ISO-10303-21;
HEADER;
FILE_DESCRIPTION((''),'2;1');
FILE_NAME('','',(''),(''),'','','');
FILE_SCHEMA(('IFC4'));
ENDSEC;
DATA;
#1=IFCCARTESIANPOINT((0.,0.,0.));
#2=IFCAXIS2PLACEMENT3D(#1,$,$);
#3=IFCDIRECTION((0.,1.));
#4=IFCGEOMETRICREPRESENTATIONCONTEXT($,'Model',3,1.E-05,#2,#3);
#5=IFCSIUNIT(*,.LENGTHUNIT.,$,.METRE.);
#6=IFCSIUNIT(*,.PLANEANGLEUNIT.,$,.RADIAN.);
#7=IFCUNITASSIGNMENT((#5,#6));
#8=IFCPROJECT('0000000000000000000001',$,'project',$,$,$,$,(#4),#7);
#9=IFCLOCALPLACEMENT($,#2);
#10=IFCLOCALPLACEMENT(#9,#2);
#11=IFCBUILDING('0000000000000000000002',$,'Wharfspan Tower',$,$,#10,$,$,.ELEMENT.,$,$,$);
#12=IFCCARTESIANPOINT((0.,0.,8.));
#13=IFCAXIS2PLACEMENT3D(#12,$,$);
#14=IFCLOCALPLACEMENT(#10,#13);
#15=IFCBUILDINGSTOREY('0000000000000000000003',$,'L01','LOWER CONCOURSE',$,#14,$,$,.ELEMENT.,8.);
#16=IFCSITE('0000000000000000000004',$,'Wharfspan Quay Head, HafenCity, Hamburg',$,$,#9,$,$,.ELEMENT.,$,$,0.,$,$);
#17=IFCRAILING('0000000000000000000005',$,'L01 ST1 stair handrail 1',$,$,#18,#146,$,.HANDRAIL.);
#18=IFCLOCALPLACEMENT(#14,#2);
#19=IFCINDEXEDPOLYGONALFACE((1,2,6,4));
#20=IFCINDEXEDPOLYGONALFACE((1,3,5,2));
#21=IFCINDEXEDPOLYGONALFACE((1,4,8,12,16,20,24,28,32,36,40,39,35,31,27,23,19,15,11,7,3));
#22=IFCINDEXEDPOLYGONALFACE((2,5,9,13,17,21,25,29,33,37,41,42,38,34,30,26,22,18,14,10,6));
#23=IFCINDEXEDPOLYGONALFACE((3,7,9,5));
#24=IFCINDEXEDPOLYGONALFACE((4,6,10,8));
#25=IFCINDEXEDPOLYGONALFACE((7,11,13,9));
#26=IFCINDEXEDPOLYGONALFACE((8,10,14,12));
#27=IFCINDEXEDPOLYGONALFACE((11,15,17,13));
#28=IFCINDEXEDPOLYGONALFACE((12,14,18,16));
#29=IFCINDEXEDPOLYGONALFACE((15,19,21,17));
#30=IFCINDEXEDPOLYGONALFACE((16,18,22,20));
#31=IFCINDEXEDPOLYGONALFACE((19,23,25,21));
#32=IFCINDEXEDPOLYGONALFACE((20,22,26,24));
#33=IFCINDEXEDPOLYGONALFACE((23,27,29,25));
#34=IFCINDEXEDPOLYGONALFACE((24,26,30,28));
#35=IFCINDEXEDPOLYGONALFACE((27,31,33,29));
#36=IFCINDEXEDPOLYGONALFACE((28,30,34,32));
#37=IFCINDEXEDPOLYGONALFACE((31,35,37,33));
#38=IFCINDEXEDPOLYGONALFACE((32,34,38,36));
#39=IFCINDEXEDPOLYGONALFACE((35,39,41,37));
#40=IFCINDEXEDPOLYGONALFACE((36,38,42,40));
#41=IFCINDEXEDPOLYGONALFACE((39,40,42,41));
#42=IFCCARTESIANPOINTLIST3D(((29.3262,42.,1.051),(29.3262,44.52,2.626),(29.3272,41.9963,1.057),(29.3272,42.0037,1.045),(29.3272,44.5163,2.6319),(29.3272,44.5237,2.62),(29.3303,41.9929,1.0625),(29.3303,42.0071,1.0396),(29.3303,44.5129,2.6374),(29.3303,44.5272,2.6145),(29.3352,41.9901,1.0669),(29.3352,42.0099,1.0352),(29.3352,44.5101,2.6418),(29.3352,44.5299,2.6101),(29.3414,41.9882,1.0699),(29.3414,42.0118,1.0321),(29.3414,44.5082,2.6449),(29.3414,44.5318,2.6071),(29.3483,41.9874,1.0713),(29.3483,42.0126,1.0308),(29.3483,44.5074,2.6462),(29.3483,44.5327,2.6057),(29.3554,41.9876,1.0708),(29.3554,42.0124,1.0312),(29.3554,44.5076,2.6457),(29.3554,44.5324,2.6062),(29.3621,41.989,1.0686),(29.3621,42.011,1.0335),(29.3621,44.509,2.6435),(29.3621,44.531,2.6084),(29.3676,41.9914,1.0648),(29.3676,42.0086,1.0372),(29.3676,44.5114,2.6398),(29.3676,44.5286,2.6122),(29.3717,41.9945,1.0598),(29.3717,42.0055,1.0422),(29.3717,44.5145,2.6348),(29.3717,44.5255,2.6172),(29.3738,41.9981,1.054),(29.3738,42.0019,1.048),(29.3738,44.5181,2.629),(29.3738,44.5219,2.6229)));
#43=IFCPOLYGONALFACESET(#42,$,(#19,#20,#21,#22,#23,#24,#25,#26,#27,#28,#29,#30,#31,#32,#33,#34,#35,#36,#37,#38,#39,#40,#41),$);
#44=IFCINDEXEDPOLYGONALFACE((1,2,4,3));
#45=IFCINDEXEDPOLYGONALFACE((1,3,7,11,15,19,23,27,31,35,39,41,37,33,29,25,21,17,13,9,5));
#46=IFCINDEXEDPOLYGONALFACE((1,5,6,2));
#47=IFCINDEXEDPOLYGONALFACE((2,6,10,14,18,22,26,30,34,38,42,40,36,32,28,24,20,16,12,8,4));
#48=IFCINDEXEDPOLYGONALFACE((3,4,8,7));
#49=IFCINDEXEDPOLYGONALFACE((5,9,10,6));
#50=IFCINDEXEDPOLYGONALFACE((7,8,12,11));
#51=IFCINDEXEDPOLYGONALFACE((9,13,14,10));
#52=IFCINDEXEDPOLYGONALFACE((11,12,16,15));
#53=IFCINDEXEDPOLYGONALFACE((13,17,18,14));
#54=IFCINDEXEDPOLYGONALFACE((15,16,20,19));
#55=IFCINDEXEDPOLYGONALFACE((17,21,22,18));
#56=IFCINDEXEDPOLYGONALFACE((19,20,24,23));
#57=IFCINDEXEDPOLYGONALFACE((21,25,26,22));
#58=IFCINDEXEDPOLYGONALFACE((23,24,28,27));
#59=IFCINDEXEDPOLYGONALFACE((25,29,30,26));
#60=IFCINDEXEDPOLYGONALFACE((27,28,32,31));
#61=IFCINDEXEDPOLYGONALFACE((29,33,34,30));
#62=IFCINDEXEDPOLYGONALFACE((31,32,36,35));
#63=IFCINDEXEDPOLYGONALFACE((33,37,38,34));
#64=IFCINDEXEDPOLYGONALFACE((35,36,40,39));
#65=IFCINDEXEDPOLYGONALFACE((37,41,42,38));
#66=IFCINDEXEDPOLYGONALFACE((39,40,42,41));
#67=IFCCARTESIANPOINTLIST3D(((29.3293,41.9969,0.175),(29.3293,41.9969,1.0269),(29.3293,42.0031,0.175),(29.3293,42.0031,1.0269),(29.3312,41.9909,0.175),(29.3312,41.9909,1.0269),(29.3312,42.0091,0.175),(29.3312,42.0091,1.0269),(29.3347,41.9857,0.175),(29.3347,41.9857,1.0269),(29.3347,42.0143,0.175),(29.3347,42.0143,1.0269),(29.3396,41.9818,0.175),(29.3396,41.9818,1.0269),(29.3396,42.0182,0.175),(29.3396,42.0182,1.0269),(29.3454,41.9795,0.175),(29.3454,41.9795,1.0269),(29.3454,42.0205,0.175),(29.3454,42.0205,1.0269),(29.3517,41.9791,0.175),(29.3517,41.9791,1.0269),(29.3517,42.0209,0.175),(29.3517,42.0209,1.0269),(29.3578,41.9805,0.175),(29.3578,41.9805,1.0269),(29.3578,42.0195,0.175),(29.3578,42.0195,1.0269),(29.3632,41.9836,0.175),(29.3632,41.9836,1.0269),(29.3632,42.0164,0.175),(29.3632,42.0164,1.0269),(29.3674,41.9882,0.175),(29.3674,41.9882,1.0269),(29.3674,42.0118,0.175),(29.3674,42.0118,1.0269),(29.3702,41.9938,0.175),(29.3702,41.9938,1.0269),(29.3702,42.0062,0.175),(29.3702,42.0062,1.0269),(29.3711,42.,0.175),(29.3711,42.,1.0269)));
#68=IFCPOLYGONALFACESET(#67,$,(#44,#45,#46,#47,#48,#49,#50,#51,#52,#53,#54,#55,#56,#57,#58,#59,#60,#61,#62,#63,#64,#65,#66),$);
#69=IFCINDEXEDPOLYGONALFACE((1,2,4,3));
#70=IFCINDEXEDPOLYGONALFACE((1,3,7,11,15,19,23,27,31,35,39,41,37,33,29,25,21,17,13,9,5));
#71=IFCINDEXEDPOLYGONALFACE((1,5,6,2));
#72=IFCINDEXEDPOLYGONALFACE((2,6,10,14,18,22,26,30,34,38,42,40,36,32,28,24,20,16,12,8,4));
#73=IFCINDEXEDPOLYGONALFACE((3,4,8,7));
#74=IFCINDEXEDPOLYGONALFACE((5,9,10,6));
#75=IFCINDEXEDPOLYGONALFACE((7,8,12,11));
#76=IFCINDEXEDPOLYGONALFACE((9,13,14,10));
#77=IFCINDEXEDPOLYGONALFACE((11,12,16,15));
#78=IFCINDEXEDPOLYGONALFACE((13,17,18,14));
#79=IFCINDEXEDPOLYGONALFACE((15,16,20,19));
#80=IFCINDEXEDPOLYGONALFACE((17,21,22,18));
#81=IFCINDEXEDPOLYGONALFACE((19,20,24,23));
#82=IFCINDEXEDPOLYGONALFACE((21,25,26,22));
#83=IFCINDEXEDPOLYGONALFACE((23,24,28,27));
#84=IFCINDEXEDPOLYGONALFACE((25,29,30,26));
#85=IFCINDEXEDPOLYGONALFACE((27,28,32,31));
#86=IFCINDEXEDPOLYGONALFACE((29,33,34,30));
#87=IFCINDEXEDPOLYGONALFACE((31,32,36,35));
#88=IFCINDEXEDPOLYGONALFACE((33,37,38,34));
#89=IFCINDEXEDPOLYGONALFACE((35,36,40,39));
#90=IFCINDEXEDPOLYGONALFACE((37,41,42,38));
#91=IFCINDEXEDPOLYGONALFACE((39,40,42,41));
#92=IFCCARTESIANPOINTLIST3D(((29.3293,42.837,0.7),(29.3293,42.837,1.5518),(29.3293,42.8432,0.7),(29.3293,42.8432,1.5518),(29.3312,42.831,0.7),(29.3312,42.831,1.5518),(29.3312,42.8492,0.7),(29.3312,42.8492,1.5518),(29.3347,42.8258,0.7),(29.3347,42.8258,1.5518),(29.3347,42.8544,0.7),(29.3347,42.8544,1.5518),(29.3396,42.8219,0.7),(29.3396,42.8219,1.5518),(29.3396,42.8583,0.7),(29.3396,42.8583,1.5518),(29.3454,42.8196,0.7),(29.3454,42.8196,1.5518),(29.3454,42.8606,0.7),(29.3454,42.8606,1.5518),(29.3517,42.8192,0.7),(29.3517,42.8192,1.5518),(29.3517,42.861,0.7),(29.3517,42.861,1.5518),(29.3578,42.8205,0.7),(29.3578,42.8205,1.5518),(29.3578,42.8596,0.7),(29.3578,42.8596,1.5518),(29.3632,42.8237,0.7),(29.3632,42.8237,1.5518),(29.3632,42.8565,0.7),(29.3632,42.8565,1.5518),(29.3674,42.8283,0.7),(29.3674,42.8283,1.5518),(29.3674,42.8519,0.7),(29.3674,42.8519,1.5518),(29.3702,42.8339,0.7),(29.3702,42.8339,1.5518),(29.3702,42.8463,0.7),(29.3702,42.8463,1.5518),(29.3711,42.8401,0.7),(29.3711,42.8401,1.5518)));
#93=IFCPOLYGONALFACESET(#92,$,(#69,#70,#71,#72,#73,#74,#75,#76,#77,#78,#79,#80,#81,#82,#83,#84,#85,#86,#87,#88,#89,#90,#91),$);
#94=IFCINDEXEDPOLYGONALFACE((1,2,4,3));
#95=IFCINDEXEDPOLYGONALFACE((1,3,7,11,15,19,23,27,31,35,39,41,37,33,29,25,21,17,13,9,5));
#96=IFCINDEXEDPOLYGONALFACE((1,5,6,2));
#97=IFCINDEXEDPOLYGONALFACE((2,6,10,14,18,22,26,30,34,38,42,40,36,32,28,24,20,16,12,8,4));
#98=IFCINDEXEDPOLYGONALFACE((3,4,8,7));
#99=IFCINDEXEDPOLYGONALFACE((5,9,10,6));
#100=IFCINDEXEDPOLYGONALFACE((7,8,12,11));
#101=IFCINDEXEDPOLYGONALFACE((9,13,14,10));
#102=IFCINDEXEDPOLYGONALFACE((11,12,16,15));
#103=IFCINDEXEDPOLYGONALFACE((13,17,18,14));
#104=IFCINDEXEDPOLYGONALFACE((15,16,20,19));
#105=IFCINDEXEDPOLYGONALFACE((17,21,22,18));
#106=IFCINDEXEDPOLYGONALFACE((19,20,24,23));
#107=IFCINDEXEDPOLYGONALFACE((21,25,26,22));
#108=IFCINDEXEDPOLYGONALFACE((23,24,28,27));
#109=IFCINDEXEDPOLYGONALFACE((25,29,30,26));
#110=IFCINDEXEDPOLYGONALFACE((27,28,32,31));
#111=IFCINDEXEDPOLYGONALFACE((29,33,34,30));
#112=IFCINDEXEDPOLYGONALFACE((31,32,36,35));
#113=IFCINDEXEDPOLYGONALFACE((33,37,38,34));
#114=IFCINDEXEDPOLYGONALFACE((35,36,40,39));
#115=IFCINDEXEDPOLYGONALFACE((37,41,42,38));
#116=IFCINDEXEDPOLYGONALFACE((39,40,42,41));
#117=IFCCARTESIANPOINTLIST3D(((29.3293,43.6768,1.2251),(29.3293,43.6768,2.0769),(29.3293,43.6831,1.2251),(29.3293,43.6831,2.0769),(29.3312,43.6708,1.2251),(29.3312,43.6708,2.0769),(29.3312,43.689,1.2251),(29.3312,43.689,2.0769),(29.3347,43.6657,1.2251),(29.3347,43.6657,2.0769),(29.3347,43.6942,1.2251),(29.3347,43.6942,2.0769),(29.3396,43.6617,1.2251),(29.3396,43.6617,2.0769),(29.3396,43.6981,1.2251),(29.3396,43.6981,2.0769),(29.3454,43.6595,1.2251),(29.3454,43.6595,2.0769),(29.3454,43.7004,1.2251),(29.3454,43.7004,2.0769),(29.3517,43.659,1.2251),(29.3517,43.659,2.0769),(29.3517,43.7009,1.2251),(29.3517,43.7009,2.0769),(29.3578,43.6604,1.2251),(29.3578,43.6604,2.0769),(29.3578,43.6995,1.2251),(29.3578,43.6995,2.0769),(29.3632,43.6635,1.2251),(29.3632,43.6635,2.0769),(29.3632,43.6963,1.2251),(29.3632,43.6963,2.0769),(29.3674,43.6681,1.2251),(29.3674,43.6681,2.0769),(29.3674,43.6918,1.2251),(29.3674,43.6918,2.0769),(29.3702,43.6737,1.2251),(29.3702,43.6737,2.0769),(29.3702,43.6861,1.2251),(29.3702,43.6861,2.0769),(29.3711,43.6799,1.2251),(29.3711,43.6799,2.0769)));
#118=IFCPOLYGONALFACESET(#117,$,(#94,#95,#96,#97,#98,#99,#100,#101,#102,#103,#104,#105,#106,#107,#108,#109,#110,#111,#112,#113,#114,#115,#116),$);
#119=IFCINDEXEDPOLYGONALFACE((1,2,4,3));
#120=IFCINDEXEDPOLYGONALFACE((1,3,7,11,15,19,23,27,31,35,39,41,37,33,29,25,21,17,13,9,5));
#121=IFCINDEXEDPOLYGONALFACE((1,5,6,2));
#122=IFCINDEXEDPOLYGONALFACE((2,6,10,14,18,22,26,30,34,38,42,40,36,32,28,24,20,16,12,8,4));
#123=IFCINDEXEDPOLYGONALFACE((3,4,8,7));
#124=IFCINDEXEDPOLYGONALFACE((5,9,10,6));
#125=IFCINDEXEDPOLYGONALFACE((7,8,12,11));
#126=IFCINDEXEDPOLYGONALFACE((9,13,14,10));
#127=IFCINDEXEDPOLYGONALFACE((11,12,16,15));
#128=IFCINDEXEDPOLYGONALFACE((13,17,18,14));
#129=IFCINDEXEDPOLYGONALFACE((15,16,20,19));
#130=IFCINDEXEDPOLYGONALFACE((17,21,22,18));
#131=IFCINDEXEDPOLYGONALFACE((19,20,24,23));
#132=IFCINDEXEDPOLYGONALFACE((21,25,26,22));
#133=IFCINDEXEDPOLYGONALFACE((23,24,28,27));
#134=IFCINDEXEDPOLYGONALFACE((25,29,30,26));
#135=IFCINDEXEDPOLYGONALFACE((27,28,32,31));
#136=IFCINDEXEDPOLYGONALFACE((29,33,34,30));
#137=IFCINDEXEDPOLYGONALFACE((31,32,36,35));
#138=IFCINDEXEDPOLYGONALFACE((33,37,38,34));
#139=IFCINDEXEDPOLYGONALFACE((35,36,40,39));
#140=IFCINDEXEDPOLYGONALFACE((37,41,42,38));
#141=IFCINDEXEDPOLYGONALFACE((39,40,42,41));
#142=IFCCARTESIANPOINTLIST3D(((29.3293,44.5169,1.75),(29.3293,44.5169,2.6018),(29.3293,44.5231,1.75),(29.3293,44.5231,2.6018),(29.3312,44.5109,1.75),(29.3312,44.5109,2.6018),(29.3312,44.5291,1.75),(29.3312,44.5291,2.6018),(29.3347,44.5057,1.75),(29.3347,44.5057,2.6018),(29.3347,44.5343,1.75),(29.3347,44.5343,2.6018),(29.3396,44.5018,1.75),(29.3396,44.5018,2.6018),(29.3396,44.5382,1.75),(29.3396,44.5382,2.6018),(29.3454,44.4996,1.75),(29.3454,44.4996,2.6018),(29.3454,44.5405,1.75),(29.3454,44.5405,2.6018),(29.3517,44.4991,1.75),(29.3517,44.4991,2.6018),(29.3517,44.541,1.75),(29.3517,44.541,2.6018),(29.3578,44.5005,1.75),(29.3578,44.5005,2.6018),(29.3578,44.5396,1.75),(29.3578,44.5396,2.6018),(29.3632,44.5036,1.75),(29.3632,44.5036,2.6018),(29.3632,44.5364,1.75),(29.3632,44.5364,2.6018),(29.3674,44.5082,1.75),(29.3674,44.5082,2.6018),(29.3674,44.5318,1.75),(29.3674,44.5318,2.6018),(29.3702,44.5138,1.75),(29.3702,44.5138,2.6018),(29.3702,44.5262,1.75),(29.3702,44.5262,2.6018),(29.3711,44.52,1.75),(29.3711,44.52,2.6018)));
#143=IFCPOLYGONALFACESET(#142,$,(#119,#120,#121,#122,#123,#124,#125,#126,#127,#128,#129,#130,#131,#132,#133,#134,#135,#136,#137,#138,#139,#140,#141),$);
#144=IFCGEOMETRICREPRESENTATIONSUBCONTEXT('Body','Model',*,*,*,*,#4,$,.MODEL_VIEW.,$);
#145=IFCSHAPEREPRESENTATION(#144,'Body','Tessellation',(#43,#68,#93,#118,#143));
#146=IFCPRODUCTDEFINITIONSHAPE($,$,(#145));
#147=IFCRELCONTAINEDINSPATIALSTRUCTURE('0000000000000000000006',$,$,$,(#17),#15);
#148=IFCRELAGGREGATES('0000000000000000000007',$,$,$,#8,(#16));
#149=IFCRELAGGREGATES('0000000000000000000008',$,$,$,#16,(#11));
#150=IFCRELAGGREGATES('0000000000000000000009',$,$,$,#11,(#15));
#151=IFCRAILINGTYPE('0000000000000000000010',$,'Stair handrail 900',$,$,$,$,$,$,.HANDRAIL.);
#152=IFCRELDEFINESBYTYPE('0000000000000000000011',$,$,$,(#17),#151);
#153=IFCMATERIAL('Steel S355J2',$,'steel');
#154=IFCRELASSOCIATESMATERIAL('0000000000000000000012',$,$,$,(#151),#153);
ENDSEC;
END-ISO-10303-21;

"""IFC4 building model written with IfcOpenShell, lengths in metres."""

from ifc_helpers import new_model, si_unit, direction, frame, origin, origin_2d, place, context, subcontext, project, spatial, circle, extrude, material, type_object, element, save


model = new_model("IFC4")

# Units and contexts
model_context = context("Model", 3, precision=1e-05, world=origin(), true_north=direction((0.0, 1.0)))
body_context = subcontext(model_context, "Body", "Model", "MODEL_VIEW")
ifc_project = project(units=[si_unit("LENGTHUNIT", "METRE"), si_unit("PLANEANGLEUNIT", "RADIAN")], contexts=[model_context])

# Site, building, storey
site_placement = place(None, origin())
site = spatial("IfcSite", under=ifc_project, at=site_placement, Name="Wharfspan Quay Head, HafenCity, Hamburg", CompositionType="ELEMENT", RefElevation=0.0)
building_placement = place(site_placement, origin())
building = spatial("IfcBuilding", under=site, at=building_placement, Name="Wharfspan Tower", CompositionType="ELEMENT")
storey_placement = place(building_placement, frame((0.0, 0.0, 8.0)))
storey = spatial("IfcBuildingStorey", under=building, at=storey_placement, Name="L01", Description="LOWER CONCOURSE", CompositionType="ELEMENT", Elevation=8.0)

# Railing
ifc_material_1 = material(Name="Steel S355J2", Category="steel")
railing_type = type_object("IfcRailingType", Name="Stair handrail 900", PredefinedType="HANDRAIL", material=ifc_material_1)
for number, where, name in (
    (1, (29.3501, 42.0, 0.175), "L01 ST1 stair handrail 1"),
):
    element("IfcRailing", number, at=place(storey_placement, frame(where)), inside=storey, type_object=railing_type, Name=name, PredefinedType="HANDRAIL", context=body_context, shape_type="SweptSolid", body=[
        extrude(circle(Radius=0.0239, at=origin_2d()), frame((0.0, 0.0, 0.876), z_axis=(0.0, 0.848008, 0.529984), x_axis=(-1.0, 0.0, 0.0)), (0.0, 0.0, 1.0), 2.9717),
        extrude(circle(Radius=0.021, at=origin_2d()), origin(), (0.0, 0.0, 1.0), 0.8518),
        extrude(circle(Radius=0.021, at=origin_2d()), frame((0.0, 0.8401, 0.5249)), (0.0, 0.0, 1.0), 0.8518),
        extrude(circle(Radius=0.021, at=origin_2d()), frame((0.0, 1.6799, 1.05)), (0.0, 0.0, 1.0), 0.8518),
        extrude(circle(Radius=0.021, at=origin_2d()), frame((0.0, 2.52, 1.575)), (0.0, 0.0, 1.0), 0.8518),
    ])

save(model, "model.ifc")
